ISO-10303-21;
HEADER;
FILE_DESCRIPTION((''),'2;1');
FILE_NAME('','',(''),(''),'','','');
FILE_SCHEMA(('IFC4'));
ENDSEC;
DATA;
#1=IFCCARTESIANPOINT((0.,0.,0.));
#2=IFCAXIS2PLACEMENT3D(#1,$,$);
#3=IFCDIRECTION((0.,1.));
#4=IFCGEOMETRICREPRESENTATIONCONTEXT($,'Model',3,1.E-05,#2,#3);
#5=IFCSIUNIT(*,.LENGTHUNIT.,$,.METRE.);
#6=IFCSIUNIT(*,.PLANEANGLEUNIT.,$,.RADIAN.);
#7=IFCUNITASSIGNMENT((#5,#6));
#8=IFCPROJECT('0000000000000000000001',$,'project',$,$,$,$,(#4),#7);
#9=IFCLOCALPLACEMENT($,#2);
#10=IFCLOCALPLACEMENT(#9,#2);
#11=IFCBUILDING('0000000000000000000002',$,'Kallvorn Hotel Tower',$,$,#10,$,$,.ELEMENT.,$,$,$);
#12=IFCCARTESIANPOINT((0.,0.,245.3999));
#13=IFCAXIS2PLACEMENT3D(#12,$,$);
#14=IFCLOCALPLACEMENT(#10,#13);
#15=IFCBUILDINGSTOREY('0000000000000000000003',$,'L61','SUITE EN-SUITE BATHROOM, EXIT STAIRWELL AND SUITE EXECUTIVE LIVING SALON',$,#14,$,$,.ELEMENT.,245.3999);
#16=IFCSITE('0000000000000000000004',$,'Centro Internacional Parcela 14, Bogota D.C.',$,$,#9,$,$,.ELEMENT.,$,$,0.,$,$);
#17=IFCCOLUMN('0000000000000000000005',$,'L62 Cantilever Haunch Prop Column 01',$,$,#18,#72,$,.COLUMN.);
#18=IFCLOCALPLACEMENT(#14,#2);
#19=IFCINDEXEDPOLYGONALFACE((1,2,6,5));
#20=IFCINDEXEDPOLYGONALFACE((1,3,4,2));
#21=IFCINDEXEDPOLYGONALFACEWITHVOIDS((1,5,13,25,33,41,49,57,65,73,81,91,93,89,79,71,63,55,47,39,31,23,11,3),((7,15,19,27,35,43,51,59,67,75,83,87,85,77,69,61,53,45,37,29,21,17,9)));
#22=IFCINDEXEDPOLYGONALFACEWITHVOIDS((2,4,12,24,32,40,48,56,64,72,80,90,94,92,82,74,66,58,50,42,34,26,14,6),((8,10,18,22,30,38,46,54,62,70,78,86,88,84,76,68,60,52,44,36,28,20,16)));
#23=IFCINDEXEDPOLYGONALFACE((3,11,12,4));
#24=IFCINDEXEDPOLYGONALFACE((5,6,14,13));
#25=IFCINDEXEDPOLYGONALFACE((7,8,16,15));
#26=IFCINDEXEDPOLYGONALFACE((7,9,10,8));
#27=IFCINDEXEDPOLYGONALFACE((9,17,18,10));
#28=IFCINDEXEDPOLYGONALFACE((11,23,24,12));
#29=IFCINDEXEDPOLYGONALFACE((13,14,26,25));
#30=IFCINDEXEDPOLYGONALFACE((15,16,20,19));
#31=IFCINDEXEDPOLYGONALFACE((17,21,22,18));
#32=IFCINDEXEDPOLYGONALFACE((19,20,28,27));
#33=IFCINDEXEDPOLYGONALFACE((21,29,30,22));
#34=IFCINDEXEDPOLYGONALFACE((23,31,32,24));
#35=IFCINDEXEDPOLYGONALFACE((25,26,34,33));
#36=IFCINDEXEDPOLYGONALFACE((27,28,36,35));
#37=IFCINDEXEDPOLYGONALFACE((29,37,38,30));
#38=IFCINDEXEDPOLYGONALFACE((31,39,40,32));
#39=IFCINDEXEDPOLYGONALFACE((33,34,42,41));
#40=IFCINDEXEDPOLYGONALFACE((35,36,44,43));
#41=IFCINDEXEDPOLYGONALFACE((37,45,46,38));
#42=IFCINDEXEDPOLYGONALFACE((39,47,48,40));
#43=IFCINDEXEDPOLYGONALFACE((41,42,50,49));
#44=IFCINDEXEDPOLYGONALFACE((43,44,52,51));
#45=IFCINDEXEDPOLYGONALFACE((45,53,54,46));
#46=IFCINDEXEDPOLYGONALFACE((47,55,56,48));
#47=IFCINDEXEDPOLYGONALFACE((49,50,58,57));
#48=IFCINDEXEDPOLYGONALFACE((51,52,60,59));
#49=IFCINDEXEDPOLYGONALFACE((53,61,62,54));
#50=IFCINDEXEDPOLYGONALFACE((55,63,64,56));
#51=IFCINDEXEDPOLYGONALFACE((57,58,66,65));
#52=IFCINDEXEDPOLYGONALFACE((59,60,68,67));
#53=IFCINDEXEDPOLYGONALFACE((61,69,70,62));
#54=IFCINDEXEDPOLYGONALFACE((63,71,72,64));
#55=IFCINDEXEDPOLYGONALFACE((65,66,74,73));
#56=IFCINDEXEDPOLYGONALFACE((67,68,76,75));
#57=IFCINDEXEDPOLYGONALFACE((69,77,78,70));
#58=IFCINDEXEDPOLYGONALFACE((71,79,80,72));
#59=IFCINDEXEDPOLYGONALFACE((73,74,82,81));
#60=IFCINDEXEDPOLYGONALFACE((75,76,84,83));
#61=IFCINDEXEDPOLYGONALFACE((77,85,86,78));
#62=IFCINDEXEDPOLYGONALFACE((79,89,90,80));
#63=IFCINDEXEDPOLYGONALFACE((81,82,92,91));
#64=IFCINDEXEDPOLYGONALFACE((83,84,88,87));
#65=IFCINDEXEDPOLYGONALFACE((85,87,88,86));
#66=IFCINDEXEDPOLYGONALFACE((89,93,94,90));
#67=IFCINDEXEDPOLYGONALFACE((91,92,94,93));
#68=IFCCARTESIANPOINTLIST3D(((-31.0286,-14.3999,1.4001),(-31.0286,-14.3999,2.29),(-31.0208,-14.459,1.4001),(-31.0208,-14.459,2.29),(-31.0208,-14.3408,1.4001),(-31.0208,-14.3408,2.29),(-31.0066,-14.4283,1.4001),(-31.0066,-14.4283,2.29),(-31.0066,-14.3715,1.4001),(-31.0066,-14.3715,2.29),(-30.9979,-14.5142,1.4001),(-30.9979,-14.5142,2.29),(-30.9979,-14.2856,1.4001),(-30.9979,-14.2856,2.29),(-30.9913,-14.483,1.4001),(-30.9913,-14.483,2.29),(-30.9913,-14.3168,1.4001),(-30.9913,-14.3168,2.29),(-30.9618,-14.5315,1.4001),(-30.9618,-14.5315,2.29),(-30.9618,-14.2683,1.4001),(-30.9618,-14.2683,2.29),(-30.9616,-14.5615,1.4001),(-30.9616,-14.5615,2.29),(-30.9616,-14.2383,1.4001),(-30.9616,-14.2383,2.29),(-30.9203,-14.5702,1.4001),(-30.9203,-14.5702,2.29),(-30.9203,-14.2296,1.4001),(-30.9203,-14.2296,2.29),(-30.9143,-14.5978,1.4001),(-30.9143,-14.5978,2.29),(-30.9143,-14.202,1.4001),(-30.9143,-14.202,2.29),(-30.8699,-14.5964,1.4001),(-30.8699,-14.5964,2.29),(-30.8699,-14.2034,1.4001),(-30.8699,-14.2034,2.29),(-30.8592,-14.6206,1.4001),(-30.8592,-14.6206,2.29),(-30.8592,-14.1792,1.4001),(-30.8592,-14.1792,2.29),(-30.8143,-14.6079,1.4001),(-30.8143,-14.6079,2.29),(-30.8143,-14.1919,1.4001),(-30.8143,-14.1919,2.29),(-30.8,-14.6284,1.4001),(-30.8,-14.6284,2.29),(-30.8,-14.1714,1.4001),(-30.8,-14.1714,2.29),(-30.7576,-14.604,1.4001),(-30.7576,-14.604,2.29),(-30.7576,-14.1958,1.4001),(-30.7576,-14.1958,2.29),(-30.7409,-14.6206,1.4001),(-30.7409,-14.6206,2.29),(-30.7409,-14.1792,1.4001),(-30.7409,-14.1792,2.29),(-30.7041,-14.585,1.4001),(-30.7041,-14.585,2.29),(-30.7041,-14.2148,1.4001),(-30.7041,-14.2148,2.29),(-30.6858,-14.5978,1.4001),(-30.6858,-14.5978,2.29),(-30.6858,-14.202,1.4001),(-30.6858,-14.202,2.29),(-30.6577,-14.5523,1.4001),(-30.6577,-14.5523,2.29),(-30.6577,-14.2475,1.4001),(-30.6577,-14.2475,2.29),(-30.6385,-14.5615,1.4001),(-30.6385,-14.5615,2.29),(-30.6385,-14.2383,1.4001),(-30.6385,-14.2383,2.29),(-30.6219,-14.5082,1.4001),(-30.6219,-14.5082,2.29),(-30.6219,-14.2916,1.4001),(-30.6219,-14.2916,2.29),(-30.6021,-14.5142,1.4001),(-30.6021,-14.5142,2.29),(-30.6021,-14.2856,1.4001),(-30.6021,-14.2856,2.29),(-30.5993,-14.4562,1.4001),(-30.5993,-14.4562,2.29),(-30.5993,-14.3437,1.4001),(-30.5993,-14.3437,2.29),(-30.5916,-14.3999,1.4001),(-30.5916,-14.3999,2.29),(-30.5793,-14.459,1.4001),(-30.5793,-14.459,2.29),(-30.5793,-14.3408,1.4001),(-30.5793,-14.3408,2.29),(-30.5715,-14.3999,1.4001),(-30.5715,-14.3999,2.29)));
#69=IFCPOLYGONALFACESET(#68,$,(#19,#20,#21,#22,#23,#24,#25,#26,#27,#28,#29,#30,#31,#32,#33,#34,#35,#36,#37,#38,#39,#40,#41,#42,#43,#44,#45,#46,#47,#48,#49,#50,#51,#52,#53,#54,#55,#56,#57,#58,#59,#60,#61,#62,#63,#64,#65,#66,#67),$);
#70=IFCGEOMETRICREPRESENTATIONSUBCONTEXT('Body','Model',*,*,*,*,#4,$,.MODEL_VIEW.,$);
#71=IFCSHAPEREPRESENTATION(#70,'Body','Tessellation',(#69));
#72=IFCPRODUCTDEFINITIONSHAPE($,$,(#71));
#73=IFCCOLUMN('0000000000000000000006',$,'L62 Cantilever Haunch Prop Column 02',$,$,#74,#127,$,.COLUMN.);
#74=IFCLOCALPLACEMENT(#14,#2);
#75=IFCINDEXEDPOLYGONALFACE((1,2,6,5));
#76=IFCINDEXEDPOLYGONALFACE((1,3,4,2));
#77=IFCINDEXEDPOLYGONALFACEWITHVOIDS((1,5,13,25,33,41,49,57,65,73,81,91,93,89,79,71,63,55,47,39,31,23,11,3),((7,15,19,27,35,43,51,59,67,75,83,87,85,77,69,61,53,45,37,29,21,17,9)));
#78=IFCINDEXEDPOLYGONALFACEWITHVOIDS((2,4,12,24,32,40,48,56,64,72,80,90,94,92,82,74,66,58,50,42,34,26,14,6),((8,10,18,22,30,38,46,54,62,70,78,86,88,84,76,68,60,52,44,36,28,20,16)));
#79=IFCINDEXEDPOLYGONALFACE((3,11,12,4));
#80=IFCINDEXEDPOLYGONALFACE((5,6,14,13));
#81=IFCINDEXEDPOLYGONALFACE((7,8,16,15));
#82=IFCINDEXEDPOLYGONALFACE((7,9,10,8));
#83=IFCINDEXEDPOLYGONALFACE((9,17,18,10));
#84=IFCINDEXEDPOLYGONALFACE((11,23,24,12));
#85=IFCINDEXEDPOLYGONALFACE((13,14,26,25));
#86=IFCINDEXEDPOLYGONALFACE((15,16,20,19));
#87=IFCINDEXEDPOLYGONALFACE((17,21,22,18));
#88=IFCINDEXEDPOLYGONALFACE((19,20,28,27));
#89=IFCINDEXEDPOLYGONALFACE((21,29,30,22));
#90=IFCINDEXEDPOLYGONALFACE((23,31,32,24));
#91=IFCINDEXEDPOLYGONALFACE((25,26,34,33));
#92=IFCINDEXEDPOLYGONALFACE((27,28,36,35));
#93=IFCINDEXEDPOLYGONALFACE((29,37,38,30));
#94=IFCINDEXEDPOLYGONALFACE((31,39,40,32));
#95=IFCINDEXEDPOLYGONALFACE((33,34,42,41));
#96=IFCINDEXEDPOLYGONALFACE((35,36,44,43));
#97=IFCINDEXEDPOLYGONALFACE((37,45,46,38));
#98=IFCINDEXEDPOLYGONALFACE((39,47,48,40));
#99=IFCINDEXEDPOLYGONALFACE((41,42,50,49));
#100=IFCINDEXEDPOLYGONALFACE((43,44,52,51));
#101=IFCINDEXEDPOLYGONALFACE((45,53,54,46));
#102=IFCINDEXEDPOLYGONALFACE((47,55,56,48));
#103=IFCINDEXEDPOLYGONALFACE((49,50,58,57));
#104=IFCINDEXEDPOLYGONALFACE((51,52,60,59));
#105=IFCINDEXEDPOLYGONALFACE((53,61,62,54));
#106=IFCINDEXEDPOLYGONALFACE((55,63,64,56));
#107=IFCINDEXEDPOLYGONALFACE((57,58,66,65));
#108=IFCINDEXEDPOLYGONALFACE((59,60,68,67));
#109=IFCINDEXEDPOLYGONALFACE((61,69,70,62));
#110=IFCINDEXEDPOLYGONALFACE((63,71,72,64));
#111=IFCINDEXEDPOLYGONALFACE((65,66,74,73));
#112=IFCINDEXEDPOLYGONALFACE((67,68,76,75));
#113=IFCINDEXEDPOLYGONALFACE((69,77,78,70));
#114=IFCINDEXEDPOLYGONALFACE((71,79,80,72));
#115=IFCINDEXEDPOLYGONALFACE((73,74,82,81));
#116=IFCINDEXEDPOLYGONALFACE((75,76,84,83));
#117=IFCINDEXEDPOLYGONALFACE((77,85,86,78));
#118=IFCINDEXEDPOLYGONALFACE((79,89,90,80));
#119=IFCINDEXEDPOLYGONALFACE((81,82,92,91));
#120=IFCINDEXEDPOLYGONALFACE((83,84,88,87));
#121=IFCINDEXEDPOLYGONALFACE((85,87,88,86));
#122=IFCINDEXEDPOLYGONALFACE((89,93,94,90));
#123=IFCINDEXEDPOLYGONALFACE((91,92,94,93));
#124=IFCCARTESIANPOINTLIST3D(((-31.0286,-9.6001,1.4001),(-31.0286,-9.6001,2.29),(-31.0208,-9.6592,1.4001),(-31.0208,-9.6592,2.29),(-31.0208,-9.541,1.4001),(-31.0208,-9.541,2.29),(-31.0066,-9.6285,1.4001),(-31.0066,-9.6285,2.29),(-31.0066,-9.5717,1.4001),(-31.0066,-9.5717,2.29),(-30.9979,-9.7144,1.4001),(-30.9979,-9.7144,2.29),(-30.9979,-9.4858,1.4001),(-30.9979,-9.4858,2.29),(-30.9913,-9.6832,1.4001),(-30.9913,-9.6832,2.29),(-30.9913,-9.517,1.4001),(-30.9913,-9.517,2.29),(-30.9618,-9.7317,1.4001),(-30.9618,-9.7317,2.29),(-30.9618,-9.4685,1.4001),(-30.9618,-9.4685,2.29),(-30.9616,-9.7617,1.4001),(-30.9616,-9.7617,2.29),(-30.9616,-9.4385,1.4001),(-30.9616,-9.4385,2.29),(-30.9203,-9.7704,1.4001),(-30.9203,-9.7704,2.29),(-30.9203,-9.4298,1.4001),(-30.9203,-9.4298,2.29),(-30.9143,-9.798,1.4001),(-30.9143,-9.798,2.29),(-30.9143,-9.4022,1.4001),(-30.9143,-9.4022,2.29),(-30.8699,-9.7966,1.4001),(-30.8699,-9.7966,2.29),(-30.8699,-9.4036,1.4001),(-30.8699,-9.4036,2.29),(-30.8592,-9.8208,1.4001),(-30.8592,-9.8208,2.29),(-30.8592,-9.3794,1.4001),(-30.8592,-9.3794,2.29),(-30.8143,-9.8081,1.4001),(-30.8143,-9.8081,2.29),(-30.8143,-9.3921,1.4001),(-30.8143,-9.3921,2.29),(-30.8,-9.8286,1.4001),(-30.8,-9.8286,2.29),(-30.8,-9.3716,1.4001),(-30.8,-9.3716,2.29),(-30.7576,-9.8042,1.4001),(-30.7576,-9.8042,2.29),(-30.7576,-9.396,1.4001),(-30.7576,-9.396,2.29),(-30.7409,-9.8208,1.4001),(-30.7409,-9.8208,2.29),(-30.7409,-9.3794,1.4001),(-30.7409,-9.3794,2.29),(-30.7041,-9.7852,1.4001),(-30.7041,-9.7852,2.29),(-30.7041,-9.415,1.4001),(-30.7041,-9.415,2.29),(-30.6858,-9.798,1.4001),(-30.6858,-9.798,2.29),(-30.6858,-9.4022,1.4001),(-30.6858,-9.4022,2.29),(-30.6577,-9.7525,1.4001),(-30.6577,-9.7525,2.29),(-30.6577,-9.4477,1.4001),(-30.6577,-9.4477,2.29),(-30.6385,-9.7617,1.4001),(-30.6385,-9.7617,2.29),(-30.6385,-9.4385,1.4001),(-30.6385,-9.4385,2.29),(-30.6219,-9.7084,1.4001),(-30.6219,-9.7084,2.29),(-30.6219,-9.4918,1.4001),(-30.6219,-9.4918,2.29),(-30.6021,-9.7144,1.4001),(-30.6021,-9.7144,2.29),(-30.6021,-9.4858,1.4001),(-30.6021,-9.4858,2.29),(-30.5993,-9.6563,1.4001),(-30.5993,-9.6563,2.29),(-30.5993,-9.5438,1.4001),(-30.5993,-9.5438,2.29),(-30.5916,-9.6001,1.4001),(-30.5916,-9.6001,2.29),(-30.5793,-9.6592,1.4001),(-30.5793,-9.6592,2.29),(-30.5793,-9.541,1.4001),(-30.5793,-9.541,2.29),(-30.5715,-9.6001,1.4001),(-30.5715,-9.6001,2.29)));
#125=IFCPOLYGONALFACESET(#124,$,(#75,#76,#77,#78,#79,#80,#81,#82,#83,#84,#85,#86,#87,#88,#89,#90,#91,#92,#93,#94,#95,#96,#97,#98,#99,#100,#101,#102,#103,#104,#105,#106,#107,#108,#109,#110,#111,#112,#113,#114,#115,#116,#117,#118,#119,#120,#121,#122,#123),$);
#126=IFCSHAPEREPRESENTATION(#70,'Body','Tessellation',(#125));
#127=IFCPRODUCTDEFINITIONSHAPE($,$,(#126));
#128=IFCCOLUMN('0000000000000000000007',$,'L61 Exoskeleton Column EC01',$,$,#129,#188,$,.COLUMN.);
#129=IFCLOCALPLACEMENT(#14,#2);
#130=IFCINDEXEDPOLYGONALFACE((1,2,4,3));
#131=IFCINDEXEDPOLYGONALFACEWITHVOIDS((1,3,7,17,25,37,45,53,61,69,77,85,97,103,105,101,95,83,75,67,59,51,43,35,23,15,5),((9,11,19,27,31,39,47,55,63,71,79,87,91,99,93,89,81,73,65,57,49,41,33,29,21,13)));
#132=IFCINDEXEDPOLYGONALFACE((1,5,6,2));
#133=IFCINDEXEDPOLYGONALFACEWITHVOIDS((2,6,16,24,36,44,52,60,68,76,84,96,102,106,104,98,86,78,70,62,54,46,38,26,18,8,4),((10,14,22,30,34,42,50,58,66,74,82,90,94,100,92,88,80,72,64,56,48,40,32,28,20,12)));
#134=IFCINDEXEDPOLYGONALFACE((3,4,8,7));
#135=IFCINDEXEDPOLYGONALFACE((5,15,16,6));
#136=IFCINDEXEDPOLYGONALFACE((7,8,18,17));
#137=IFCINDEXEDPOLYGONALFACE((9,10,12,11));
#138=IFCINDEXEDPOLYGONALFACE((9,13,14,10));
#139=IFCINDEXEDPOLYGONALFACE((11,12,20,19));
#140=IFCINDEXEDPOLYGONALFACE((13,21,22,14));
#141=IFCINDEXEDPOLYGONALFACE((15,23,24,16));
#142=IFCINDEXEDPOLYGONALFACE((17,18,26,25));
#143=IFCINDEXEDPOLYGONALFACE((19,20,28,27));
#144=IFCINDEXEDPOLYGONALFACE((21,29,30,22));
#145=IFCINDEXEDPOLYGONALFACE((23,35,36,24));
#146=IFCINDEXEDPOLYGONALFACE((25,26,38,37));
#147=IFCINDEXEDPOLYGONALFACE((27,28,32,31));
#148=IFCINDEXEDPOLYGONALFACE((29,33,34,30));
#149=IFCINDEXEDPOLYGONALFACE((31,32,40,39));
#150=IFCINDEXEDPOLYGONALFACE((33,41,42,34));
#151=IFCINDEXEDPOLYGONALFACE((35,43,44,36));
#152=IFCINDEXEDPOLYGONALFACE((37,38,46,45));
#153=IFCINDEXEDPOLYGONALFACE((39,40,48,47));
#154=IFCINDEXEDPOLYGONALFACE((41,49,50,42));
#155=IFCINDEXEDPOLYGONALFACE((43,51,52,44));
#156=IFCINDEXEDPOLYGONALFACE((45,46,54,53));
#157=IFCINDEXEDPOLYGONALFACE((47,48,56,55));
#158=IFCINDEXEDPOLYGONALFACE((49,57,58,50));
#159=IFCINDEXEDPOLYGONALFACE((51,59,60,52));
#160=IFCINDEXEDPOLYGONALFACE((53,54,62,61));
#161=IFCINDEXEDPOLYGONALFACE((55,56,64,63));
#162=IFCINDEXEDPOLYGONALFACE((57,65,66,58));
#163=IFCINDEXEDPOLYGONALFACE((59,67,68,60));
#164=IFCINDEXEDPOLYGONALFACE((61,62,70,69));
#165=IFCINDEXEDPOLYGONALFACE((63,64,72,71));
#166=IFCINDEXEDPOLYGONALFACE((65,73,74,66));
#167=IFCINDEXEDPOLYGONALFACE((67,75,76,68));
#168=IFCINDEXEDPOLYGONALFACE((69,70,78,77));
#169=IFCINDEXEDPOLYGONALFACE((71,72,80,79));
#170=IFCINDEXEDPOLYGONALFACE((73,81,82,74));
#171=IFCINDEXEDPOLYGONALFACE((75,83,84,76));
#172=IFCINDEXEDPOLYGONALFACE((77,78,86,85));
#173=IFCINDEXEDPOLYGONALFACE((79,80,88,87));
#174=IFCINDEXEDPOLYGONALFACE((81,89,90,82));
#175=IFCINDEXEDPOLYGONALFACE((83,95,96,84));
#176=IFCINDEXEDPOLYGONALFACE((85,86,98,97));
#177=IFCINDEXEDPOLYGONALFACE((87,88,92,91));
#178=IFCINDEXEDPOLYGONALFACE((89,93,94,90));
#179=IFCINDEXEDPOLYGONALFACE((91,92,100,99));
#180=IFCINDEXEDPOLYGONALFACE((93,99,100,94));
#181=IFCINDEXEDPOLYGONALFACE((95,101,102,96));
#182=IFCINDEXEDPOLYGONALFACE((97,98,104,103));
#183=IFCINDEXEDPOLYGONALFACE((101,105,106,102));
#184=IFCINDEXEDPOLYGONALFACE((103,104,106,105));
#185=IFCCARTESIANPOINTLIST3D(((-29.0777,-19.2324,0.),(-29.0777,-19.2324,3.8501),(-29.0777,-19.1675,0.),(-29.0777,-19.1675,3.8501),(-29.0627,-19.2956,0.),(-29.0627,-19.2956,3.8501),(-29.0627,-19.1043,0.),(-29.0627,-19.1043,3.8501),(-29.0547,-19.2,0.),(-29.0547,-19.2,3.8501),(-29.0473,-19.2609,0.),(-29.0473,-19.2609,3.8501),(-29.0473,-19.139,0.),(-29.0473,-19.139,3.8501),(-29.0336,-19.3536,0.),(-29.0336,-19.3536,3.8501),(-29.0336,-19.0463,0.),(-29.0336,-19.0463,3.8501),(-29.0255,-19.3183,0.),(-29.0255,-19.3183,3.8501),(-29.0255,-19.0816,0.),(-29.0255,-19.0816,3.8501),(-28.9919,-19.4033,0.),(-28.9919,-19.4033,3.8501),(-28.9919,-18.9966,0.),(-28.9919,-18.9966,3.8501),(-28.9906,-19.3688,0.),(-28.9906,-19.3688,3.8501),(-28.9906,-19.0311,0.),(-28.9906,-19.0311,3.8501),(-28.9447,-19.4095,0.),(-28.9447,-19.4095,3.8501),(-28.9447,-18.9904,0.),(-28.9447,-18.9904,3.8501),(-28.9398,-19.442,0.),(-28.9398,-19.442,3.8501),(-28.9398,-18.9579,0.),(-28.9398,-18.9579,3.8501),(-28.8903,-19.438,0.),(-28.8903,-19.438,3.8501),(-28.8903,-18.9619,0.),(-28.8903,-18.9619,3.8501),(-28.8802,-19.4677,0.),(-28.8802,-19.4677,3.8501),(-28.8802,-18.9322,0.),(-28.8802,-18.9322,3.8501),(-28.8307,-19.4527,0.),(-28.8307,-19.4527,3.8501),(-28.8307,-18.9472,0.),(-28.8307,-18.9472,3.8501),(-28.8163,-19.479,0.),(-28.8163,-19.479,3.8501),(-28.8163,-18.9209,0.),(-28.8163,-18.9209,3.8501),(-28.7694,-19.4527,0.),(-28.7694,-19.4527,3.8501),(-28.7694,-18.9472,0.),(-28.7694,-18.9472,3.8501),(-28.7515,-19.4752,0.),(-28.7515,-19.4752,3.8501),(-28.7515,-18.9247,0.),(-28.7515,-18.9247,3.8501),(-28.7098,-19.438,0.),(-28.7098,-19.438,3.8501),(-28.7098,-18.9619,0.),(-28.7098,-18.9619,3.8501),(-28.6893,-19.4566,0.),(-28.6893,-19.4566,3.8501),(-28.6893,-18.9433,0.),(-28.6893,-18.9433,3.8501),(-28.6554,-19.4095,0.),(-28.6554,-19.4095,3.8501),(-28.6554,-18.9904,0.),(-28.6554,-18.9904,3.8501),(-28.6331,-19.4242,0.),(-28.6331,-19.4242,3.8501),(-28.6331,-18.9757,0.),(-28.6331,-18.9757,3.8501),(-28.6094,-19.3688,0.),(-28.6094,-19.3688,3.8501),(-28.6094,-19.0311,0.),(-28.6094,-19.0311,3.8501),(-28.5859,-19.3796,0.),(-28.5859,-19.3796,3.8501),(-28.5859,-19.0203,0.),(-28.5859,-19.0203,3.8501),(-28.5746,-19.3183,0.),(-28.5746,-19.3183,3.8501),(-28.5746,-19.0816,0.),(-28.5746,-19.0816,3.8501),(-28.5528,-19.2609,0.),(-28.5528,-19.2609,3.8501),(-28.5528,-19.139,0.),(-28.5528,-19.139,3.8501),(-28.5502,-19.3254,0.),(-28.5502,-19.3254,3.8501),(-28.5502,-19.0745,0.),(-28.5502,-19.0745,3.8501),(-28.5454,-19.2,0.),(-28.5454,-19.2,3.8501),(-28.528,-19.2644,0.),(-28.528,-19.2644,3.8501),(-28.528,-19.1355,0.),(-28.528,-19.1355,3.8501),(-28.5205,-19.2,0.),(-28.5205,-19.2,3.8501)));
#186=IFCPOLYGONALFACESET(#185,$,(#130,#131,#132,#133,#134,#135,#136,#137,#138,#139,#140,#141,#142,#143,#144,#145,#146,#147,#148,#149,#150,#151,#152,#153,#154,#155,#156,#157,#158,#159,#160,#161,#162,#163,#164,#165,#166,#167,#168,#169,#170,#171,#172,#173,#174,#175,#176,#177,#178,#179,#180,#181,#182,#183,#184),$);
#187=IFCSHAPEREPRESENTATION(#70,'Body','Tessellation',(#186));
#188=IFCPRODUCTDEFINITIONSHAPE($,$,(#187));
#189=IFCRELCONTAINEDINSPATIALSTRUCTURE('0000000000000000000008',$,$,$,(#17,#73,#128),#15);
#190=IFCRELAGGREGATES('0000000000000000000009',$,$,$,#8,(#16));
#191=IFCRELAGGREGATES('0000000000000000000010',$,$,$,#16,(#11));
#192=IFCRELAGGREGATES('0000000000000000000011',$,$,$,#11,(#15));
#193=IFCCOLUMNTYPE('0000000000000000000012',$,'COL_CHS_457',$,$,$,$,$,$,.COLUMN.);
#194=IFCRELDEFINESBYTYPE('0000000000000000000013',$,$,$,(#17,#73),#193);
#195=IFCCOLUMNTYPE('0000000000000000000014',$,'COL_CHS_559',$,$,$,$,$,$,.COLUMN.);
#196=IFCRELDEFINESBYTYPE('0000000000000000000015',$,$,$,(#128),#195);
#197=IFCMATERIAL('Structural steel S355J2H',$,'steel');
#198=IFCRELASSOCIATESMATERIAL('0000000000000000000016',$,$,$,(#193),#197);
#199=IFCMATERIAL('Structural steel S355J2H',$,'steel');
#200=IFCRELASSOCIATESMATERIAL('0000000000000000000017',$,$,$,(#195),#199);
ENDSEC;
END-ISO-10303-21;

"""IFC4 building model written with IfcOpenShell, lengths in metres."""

from ifc_helpers import new_model, si_unit, direction, frame, origin, origin_2d, place, context, subcontext, project, spatial, hollow_circle, extrude, material, material_profile, profile_set, type_object, element, save


model = new_model("IFC4")

# Units and contexts
model_context = context("Model", 3, precision=1e-05, world=origin(), true_north=direction((0.0, 1.0)))
body_context = subcontext(model_context, "Body", "Model", "MODEL_VIEW")
ifc_project = project(units=[si_unit("LENGTHUNIT", "METRE"), si_unit("PLANEANGLEUNIT", "RADIAN")], contexts=[model_context])

# Site, building, storey
site_placement = place(None, origin())
site = spatial("IfcSite", under=ifc_project, at=site_placement, Name="Centro Internacional Parcela 14, Bogota D.C.", CompositionType="ELEMENT", RefElevation=0.0)
building_placement = place(site_placement, origin())
building = spatial("IfcBuilding", under=site, at=building_placement, Name="Kallvorn Hotel Tower", CompositionType="ELEMENT")
storey_placement = place(building_placement, frame((0.0, 0.0, 245.3999)))
storey = spatial("IfcBuildingStorey", under=building, at=storey_placement, Name="L61", Description="SUITE EN-SUITE BATHROOM, EXIT STAIRWELL AND SUITE EXECUTIVE LIVING SALON", CompositionType="ELEMENT", Elevation=245.3999)

# Columns
ifc_material_1 = material(Name="Structural steel S355J2H", Category="steel")
ifc_material_profile_1 = material_profile(ifc_material_1, hollow_circle(Radius=0.2285, WallThickness=0.02, at=origin_2d()), Name="CHS 457x20")
ifc_profile_set_1 = profile_set([ifc_material_profile_1], Name="Structural steel S355J2H")
column_type_1 = type_object("IfcColumnType", Name="COL_CHS_457", PredefinedType="COLUMN", material=ifc_profile_set_1)
for number, where, z_axis, x_axis, name in (
    (1, (-30.8, -14.3999, 1.4001), (0.0, 0.0, 1.0), (1.0, 0.0, 0.0), "L62 Cantilever Haunch Prop Column 01"),
    (2, (-30.8, -9.6001, 1.4001), (0.0, 0.0, 1.0), (1.0, 0.0, 0.0), "L62 Cantilever Haunch Prop Column 02"),
):
    element("IfcColumn", number, at=place(storey_placement, frame(where, z_axis=z_axis, x_axis=x_axis)), inside=storey, type_object=column_type_1, Name=name, PredefinedType="COLUMN", context=body_context, shape_type="SweptSolid", body=[
        extrude(hollow_circle(Radius=0.2285, WallThickness=0.02, at=origin_2d()), origin(), (0.0, 0.0, 1.0), 0.8899),
    ])
ifc_material_2 = material(Name="Structural steel S355J2H", Category="steel")
ifc_material_profile_2 = material_profile(ifc_material_2, hollow_circle(Radius=0.2795, WallThickness=0.0249, at=origin_2d()), Name="CHS 559x25")
ifc_profile_set_2 = profile_set([ifc_material_profile_2], Name="Structural steel S355J2H")
column_type_2 = type_object("IfcColumnType", Name="COL_CHS_559", PredefinedType="COLUMN", material=ifc_profile_set_2)
for number, where, z_axis, x_axis, name in (
    (3, (-28.8, -19.2, 0.0), (0.0, 0.0, 1.0), (1.0, 0.0, 0.0), "L61 Exoskeleton Column EC01"),
):
    element("IfcColumn", number, at=place(storey_placement, frame(where, z_axis=z_axis, x_axis=x_axis)), inside=storey, type_object=column_type_2, Name=name, PredefinedType="COLUMN", context=body_context, shape_type="SweptSolid", body=[
        extrude(hollow_circle(Radius=0.2795, WallThickness=0.0249, at=origin_2d()), origin(), (0.0, 0.0, 1.0), 3.8501),
    ])

save(model, "model.ifc")
